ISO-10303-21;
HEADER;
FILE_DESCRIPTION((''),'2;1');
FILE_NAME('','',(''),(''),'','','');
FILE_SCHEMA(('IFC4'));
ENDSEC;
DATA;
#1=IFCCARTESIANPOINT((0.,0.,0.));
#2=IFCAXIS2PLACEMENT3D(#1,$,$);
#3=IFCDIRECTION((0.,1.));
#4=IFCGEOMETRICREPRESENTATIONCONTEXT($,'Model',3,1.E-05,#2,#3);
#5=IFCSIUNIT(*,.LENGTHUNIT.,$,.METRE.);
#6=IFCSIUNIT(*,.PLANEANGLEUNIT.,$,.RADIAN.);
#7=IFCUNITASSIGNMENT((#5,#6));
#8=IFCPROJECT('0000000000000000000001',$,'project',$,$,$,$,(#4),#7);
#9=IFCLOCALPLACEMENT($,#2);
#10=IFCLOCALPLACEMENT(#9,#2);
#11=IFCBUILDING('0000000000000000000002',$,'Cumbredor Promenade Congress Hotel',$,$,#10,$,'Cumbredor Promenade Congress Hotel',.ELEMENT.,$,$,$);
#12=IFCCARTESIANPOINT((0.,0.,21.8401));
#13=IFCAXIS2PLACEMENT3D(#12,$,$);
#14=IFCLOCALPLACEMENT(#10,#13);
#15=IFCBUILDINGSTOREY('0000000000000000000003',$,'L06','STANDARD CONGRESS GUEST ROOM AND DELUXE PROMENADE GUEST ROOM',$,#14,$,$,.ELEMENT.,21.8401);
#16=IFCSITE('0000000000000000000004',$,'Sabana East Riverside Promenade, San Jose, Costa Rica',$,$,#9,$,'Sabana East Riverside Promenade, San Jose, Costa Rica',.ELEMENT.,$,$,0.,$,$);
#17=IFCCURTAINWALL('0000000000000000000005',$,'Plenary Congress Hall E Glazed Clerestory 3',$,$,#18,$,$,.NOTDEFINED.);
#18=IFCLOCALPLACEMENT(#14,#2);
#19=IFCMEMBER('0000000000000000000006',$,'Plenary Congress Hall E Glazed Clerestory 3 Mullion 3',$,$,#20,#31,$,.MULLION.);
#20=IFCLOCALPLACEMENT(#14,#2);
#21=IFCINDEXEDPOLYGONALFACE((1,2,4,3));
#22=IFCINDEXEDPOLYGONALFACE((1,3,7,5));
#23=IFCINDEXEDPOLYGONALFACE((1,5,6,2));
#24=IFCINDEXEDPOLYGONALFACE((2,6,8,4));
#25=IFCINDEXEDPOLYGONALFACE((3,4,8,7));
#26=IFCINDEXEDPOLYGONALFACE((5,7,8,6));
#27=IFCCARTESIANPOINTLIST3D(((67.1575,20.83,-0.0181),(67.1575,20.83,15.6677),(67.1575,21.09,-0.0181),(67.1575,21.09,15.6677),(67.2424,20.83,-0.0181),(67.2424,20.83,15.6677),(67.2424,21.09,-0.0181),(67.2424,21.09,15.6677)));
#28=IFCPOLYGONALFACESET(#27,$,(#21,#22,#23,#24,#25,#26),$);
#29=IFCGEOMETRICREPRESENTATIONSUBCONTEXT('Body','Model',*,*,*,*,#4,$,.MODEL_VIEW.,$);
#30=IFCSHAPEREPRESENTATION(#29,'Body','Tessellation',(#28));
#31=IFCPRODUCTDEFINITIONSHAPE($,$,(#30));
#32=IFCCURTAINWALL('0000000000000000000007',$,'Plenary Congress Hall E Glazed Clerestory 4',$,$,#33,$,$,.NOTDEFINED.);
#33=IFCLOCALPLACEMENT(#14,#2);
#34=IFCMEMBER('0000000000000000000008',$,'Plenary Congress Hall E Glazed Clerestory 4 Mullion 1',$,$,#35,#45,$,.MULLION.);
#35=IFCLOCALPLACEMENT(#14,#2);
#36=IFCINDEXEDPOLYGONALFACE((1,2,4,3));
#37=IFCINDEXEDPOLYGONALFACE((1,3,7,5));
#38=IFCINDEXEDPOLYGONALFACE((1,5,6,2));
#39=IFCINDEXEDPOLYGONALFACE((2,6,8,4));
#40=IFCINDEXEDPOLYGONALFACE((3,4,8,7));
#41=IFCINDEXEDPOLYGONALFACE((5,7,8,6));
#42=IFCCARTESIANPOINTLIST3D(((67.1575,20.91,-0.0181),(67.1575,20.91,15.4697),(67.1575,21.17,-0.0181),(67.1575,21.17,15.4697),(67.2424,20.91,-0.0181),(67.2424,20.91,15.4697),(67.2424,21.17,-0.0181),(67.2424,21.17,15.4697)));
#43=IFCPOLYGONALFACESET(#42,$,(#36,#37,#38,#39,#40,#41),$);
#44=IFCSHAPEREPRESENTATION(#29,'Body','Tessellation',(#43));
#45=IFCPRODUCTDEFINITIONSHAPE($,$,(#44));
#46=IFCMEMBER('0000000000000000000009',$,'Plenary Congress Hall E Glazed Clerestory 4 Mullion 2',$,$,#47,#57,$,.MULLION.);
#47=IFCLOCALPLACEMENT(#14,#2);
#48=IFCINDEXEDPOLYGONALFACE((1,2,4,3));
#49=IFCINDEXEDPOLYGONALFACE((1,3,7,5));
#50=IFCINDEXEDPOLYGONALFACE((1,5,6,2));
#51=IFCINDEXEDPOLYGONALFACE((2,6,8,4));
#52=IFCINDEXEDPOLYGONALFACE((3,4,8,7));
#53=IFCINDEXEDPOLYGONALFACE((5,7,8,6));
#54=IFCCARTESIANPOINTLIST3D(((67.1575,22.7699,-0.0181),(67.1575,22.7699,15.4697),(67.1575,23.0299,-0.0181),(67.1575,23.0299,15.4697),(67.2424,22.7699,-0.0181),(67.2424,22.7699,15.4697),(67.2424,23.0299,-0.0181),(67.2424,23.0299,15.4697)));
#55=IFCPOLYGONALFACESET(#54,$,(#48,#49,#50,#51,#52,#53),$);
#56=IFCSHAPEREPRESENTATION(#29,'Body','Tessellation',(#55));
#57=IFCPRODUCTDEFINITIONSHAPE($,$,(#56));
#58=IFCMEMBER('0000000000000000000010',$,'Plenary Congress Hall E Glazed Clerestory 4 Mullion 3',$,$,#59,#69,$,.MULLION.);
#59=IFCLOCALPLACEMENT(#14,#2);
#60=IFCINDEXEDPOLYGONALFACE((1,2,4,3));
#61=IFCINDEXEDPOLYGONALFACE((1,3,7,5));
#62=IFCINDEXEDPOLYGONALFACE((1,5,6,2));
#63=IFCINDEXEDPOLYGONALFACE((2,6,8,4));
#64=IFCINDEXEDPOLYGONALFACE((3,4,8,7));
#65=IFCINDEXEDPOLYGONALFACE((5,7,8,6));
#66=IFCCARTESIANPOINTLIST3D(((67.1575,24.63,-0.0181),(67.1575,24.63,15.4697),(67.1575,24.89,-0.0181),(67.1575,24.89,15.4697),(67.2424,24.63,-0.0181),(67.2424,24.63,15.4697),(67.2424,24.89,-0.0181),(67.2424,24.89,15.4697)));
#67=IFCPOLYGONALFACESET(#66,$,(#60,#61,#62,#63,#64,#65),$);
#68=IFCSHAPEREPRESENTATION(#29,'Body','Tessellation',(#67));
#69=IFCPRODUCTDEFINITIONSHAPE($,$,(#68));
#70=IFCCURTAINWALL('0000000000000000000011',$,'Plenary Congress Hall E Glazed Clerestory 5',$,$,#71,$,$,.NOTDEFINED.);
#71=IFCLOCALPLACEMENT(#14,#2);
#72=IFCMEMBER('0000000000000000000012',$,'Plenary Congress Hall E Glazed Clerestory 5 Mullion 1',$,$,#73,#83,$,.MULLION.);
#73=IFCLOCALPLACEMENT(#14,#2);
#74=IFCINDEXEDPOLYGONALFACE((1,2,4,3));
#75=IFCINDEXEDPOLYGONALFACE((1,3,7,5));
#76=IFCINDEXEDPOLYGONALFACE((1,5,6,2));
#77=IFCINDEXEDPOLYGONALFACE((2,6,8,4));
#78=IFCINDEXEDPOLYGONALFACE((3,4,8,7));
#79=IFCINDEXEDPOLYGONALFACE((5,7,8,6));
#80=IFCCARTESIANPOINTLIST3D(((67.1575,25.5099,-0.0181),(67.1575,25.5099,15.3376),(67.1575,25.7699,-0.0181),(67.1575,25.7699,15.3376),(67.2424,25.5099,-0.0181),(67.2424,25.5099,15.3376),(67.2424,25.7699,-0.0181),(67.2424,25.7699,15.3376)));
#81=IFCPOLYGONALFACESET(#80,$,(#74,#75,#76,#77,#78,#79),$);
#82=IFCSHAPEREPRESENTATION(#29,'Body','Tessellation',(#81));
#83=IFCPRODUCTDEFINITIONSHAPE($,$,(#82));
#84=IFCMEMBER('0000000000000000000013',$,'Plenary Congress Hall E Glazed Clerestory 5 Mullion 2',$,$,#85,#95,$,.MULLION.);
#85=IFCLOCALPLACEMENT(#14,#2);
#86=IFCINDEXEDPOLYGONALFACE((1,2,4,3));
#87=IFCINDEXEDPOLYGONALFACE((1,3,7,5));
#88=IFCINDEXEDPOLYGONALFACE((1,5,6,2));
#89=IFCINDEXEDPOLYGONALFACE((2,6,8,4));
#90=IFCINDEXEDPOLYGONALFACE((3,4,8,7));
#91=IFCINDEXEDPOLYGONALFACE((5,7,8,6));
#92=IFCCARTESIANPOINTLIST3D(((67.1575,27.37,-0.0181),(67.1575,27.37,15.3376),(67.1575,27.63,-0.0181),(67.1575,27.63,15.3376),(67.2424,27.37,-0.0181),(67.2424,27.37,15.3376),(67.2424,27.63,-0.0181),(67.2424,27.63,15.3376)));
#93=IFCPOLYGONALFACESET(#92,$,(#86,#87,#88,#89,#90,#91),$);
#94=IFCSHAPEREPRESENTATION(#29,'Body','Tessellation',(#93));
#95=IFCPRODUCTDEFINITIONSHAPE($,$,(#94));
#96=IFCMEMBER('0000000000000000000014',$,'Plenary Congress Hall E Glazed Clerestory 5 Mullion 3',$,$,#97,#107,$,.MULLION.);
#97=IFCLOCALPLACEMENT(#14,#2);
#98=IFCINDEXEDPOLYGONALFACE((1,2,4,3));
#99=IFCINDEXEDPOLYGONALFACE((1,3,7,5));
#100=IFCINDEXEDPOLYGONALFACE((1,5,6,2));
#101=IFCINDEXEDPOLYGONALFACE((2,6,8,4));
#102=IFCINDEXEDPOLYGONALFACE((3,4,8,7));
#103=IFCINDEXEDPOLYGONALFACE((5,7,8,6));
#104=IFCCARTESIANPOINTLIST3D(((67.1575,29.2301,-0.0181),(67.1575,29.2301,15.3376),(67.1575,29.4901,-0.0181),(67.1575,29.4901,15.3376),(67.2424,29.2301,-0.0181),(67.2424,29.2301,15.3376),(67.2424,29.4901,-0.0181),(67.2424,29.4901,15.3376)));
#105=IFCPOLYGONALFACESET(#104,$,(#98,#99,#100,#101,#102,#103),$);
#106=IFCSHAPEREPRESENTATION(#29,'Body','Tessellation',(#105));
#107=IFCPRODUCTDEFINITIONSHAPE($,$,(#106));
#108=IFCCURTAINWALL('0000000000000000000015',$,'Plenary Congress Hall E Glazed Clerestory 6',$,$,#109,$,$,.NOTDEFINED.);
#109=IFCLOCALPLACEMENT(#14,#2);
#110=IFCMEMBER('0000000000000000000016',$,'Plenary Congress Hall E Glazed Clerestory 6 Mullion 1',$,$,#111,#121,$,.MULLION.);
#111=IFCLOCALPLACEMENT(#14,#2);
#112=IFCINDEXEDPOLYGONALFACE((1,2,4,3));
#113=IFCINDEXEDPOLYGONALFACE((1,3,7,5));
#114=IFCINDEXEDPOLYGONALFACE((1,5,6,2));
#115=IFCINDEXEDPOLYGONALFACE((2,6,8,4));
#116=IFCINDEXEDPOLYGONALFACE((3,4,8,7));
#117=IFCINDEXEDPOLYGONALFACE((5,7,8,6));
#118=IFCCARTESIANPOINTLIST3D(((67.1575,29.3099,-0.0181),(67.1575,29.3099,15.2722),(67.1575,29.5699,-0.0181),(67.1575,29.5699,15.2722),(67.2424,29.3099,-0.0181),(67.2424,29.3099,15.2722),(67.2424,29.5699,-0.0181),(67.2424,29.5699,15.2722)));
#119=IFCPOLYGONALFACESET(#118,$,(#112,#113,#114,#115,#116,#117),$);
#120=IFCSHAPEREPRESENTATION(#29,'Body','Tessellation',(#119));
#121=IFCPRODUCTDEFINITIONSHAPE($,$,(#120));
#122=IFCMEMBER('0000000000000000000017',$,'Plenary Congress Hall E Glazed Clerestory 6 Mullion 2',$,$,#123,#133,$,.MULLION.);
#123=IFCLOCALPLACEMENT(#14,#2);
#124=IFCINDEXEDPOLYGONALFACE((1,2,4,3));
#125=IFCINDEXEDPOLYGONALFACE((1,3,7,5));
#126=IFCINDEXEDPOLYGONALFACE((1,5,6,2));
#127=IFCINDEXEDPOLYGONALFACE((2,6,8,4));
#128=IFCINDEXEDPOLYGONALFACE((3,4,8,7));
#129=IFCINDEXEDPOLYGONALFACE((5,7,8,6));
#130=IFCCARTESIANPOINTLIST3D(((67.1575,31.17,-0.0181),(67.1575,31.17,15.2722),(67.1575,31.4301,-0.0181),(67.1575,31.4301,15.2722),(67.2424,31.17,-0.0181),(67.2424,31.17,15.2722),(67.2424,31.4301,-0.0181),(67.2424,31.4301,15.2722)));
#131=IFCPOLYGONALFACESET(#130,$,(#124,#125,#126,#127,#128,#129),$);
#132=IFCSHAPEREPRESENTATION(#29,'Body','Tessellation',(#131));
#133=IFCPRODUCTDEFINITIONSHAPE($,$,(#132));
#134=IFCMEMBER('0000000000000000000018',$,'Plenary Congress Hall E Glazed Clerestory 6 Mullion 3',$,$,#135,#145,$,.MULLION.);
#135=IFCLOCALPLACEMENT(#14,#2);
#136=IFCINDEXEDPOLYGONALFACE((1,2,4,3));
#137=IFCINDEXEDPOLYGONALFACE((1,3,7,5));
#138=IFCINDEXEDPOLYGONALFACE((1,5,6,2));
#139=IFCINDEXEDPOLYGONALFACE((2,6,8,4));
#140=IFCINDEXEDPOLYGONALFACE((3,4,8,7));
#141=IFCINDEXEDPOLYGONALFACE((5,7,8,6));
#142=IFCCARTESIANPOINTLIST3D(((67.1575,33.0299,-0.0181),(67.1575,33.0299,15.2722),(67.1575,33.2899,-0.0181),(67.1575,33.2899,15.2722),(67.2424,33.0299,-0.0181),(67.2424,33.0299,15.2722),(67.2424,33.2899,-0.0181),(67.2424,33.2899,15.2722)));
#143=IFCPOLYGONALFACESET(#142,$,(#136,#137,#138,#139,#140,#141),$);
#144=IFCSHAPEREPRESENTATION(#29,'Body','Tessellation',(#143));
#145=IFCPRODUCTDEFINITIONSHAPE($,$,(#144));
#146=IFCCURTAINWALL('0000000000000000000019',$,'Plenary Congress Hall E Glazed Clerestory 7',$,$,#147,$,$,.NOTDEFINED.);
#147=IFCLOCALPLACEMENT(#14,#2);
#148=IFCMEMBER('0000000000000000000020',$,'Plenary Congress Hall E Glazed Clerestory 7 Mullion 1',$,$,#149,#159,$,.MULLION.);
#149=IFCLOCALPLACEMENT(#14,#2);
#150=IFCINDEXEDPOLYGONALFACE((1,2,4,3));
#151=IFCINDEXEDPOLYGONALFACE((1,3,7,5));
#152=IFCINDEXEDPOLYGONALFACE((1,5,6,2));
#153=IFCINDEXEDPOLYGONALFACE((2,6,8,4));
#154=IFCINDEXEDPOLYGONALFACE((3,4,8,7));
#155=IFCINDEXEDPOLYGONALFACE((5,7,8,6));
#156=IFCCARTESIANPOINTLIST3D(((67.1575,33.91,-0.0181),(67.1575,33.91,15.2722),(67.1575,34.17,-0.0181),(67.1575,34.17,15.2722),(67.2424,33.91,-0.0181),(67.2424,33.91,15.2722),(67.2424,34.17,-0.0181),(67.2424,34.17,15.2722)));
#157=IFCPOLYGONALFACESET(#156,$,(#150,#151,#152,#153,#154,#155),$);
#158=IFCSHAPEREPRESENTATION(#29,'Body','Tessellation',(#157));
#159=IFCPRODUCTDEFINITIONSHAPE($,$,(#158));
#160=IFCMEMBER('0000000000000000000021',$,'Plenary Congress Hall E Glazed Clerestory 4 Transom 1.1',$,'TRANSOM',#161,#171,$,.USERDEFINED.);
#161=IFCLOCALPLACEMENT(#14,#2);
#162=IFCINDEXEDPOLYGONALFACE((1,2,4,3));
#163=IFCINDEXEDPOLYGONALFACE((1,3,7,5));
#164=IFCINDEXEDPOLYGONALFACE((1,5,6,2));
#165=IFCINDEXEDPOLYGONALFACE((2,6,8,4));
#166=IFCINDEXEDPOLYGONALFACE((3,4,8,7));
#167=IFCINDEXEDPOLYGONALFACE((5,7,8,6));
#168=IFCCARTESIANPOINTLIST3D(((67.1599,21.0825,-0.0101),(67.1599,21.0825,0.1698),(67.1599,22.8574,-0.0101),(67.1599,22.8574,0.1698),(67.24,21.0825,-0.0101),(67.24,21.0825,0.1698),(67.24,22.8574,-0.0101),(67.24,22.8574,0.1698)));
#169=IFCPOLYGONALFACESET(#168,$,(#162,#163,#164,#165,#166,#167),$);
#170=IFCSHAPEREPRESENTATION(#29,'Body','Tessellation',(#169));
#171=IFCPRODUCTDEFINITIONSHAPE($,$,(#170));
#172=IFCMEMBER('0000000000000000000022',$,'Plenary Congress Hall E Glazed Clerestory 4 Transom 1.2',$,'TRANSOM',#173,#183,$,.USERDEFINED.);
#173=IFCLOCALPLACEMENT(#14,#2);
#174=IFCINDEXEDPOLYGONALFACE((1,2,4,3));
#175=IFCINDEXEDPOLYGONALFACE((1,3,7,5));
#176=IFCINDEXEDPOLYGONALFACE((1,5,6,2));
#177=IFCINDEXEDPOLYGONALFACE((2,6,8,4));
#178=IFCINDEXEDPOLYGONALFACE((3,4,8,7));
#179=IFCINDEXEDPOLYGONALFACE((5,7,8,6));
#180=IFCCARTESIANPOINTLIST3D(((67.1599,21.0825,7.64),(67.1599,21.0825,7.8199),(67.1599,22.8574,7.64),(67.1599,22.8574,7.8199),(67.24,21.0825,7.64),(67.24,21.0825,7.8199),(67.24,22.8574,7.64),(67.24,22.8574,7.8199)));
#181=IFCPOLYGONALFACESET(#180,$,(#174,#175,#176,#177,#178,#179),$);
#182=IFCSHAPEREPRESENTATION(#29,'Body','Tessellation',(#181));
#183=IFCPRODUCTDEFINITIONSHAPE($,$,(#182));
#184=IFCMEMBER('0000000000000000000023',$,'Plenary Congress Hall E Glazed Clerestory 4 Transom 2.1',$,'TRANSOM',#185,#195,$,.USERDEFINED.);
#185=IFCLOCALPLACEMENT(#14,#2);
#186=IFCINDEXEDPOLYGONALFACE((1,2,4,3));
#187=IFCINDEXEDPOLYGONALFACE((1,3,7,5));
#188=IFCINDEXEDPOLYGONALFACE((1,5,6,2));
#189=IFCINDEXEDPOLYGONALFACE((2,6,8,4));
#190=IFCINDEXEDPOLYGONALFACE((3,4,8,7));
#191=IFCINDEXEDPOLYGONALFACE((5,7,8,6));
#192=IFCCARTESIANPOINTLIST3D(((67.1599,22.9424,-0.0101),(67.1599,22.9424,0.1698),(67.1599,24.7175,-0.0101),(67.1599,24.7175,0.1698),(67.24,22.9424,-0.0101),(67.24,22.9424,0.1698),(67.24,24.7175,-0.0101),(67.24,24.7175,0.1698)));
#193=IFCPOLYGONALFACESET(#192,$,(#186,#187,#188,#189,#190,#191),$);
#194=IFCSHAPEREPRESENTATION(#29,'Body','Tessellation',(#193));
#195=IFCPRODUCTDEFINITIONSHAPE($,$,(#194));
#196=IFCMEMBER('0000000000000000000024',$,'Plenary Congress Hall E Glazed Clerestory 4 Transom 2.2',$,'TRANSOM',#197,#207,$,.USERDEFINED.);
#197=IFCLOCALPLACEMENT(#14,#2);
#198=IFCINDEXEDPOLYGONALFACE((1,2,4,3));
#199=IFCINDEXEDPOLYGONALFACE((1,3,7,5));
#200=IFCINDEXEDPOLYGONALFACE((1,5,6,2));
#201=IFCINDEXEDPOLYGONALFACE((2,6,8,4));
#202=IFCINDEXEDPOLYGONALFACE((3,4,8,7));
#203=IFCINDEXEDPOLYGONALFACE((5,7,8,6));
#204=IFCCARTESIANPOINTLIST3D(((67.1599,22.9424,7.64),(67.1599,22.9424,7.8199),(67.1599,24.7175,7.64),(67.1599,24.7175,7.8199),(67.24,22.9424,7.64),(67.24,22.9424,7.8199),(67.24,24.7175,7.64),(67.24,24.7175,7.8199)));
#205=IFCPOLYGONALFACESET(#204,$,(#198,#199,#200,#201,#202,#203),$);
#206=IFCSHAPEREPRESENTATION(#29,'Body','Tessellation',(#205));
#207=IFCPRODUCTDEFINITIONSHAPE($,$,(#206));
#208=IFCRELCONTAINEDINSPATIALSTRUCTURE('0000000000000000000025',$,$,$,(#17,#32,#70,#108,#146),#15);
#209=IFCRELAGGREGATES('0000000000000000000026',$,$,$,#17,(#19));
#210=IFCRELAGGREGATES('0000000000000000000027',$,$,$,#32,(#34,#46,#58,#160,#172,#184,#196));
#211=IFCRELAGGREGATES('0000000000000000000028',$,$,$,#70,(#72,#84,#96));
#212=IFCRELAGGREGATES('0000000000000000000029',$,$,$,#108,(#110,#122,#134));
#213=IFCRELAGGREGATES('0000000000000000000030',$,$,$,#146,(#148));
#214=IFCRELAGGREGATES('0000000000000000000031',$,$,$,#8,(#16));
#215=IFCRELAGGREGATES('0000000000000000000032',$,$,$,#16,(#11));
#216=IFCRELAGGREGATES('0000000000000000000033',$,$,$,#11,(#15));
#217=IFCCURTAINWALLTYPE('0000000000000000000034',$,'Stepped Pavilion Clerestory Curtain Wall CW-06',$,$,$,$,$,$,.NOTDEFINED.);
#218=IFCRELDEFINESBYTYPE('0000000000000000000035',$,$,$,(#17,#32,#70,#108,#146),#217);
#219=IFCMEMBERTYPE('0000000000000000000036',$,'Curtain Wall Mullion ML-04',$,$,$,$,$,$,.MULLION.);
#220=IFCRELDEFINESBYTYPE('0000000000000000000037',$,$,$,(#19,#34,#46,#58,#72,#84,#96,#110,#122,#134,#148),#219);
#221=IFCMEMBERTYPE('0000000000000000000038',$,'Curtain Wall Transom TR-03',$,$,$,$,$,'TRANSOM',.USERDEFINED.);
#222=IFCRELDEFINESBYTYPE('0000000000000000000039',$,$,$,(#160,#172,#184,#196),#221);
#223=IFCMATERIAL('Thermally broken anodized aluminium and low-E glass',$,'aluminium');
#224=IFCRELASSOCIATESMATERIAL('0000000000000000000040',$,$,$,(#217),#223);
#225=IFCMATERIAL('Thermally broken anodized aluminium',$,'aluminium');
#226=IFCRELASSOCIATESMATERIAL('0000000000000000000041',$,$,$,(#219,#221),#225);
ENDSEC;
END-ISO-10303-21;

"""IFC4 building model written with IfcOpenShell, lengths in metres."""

from ifc_helpers import new_model, si_unit, direction, frame, origin, origin_2d, place, context, subcontext, project, spatial, rectangle, extrude, material, material_profile, profile_set, type_object, element, aggregate, save


model = new_model("IFC4")

# Units and contexts
model_context = context("Model", 3, precision=1e-05, world=origin(), true_north=direction((0.0, 1.0)))
body_context = subcontext(model_context, "Body", "Model", "MODEL_VIEW")
ifc_project = project(units=[si_unit("LENGTHUNIT", "METRE"), si_unit("PLANEANGLEUNIT", "RADIAN")], contexts=[model_context])

# Site, building, storey
site_placement = place(None, origin())
site = spatial("IfcSite", under=ifc_project, at=site_placement, Name="Sabana East Riverside Promenade, San Jose, Costa Rica", LongName="Sabana East Riverside Promenade, San Jose, Costa Rica", CompositionType="ELEMENT", RefElevation=0.0)
building_placement = place(site_placement, origin())
building = spatial("IfcBuilding", under=site, at=building_placement, Name="Cumbredor Promenade Congress Hotel", LongName="Cumbredor Promenade Congress Hotel", CompositionType="ELEMENT")
storey_placement = place(building_placement, frame((0.0, 0.0, 21.8401)))
storey = spatial("IfcBuildingStorey", under=building, at=storey_placement, Name="L06", Description="STANDARD CONGRESS GUEST ROOM AND DELUXE PROMENADE GUEST ROOM", CompositionType="ELEMENT", Elevation=21.8401)

# Curtain wall, member
ifc_material_1 = material(Name="Thermally broken anodized aluminium and low-E glass", Category="aluminium")
curtain_wall_type = type_object("IfcCurtainWallType", Name="Stepped Pavilion Clerestory Curtain Wall CW-06", PredefinedType="NOTDEFINED", material=ifc_material_1)
curtain_wall_1_placement = place(storey_placement, origin())
curtain_wall_1 = element("IfcCurtainWall", 1, at=curtain_wall_1_placement, inside=storey, type_object=curtain_wall_type, Name="Plenary Congress Hall E Glazed Clerestory 3", PredefinedType="NOTDEFINED")
ifc_material_2 = material(Name="Thermally broken anodized aluminium", Category="aluminium")
ifc_material_profile_1 = material_profile(ifc_material_2, rectangle(XDim=0.085, YDim=0.26, at=origin_2d()), Name="ALU MULLION CLERESTORY 85x260")
ifc_profile_set_1 = profile_set([ifc_material_profile_1], Name="Thermally broken anodized aluminium")
member_type_1 = type_object("IfcMemberType", Name="Curtain Wall Mullion ML-04", PredefinedType="MULLION", material=ifc_profile_set_1)
member_1_placement = place(storey_placement, frame((67.2, 20.96, -0.0181), z_axis=(0.0, 0.0, 1.0), x_axis=(1.0, 0.0, 0.0)))
member_1 = element("IfcMember", 2, at=member_1_placement, type_object=member_type_1, Name="Plenary Congress Hall E Glazed Clerestory 3 Mullion 3", PredefinedType="MULLION", context=body_context, shape_type="SweptSolid", body=[
    extrude(rectangle(XDim=0.085, YDim=0.26, at=origin_2d()), origin(), (0.0, 0.0, 1.0), 15.6858),
])
aggregate(curtain_wall_1, [member_1])

# Curtain walls, members
curtain_wall_2_placement = place(storey_placement, origin())
curtain_wall_2 = element("IfcCurtainWall", 3, at=curtain_wall_2_placement, inside=storey, type_object=curtain_wall_type, Name="Plenary Congress Hall E Glazed Clerestory 4", PredefinedType="NOTDEFINED")
member_2_placement = place(storey_placement, frame((67.2, 21.04, -0.0181), z_axis=(0.0, 0.0, 1.0), x_axis=(1.0, 0.0, 0.0)))
member_2 = element("IfcMember", 4, at=member_2_placement, type_object=member_type_1, Name="Plenary Congress Hall E Glazed Clerestory 4 Mullion 1", PredefinedType="MULLION", context=body_context, shape_type="SweptSolid", body=[
    extrude(rectangle(XDim=0.085, YDim=0.26, at=origin_2d()), origin(), (0.0, 0.0, 1.0), 15.4878),
])
member_3_placement = place(storey_placement, frame((67.2, 22.8999, -0.0181), z_axis=(0.0, 0.0, 1.0), x_axis=(1.0, 0.0, 0.0)))
member_3 = element("IfcMember", 5, at=member_3_placement, type_object=member_type_1, Name="Plenary Congress Hall E Glazed Clerestory 4 Mullion 2", PredefinedType="MULLION", context=body_context, shape_type="SweptSolid", body=[
    extrude(rectangle(XDim=0.085, YDim=0.26, at=origin_2d()), origin(), (0.0, 0.0, 1.0), 15.4878),
])
member_4_placement = place(storey_placement, frame((67.2, 24.76, -0.0181), z_axis=(0.0, 0.0, 1.0), x_axis=(1.0, 0.0, 0.0)))
member_4 = element("IfcMember", 6, at=member_4_placement, type_object=member_type_1, Name="Plenary Congress Hall E Glazed Clerestory 4 Mullion 3", PredefinedType="MULLION", context=body_context, shape_type="SweptSolid", body=[
    extrude(rectangle(XDim=0.085, YDim=0.26, at=origin_2d()), origin(), (0.0, 0.0, 1.0), 15.4878),
])
curtain_wall_3_placement = place(storey_placement, origin())
curtain_wall_3 = element("IfcCurtainWall", 7, at=curtain_wall_3_placement, inside=storey, type_object=curtain_wall_type, Name="Plenary Congress Hall E Glazed Clerestory 5", PredefinedType="NOTDEFINED")
member_5_placement = place(storey_placement, frame((67.2, 25.6399, -0.0181), z_axis=(0.0, 0.0, 1.0), x_axis=(1.0, 0.0, 0.0)))
member_5 = element("IfcMember", 8, at=member_5_placement, type_object=member_type_1, Name="Plenary Congress Hall E Glazed Clerestory 5 Mullion 1", PredefinedType="MULLION", context=body_context, shape_type="SweptSolid", body=[
    extrude(rectangle(XDim=0.085, YDim=0.26, at=origin_2d()), origin(), (0.0, 0.0, 1.0), 15.3557),
])
member_6_placement = place(storey_placement, frame((67.2, 27.5, -0.0181), z_axis=(0.0, 0.0, 1.0), x_axis=(1.0, 0.0, 0.0)))
member_6 = element("IfcMember", 9, at=member_6_placement, type_object=member_type_1, Name="Plenary Congress Hall E Glazed Clerestory 5 Mullion 2", PredefinedType="MULLION", context=body_context, shape_type="SweptSolid", body=[
    extrude(rectangle(XDim=0.085, YDim=0.26, at=origin_2d()), origin(), (0.0, 0.0, 1.0), 15.3557),
])
member_7_placement = place(storey_placement, frame((67.2, 29.3601, -0.0181), z_axis=(0.0, 0.0, 1.0), x_axis=(1.0, 0.0, 0.0)))
member_7 = element("IfcMember", 10, at=member_7_placement, type_object=member_type_1, Name="Plenary Congress Hall E Glazed Clerestory 5 Mullion 3", PredefinedType="MULLION", context=body_context, shape_type="SweptSolid", body=[
    extrude(rectangle(XDim=0.085, YDim=0.26, at=origin_2d()), origin(), (0.0, 0.0, 1.0), 15.3557),
])
curtain_wall_4_placement = place(storey_placement, origin())
curtain_wall_4 = element("IfcCurtainWall", 11, at=curtain_wall_4_placement, inside=storey, type_object=curtain_wall_type, Name="Plenary Congress Hall E Glazed Clerestory 6", PredefinedType="NOTDEFINED")
member_8_placement = place(storey_placement, frame((67.2, 29.4399, -0.0181), z_axis=(0.0, 0.0, 1.0), x_axis=(1.0, 0.0, 0.0)))
member_8 = element("IfcMember", 12, at=member_8_placement, type_object=member_type_1, Name="Plenary Congress Hall E Glazed Clerestory 6 Mullion 1", PredefinedType="MULLION", context=body_context, shape_type="SweptSolid", body=[
    extrude(rectangle(XDim=0.085, YDim=0.26, at=origin_2d()), origin(), (0.0, 0.0, 1.0), 15.2903),
])
member_9_placement = place(storey_placement, frame((67.2, 31.3, -0.0181), z_axis=(0.0, 0.0, 1.0), x_axis=(1.0, 0.0, 0.0)))
member_9 = element("IfcMember", 13, at=member_9_placement, type_object=member_type_1, Name="Plenary Congress Hall E Glazed Clerestory 6 Mullion 2", PredefinedType="MULLION", context=body_context, shape_type="SweptSolid", body=[
    extrude(rectangle(XDim=0.085, YDim=0.26, at=origin_2d()), origin(), (0.0, 0.0, 1.0), 15.2903),
])
member_10_placement = place(storey_placement, frame((67.2, 33.1599, -0.0181), z_axis=(0.0, 0.0, 1.0), x_axis=(1.0, 0.0, 0.0)))
member_10 = element("IfcMember", 14, at=member_10_placement, type_object=member_type_1, Name="Plenary Congress Hall E Glazed Clerestory 6 Mullion 3", PredefinedType="MULLION", context=body_context, shape_type="SweptSolid", body=[
    extrude(rectangle(XDim=0.085, YDim=0.26, at=origin_2d()), origin(), (0.0, 0.0, 1.0), 15.2903),
])

# Curtain wall, member
curtain_wall_5_placement = place(storey_placement, origin())
curtain_wall_5 = element("IfcCurtainWall", 15, at=curtain_wall_5_placement, inside=storey, type_object=curtain_wall_type, Name="Plenary Congress Hall E Glazed Clerestory 7", PredefinedType="NOTDEFINED")
member_11_placement = place(storey_placement, frame((67.2, 34.04, -0.0181), z_axis=(0.0, 0.0, 1.0), x_axis=(1.0, 0.0, 0.0)))
member_11 = element("IfcMember", 16, at=member_11_placement, type_object=member_type_1, Name="Plenary Congress Hall E Glazed Clerestory 7 Mullion 1", PredefinedType="MULLION", context=body_context, shape_type="SweptSolid", body=[
    extrude(rectangle(XDim=0.085, YDim=0.26, at=origin_2d()), origin(), (0.0, 0.0, 1.0), 15.2903),
])

# Members
ifc_material_profile_2 = material_profile(ifc_material_2, rectangle(XDim=0.0801, YDim=0.1799, at=origin_2d()), Name="ALU TRANSOM 80x180")
ifc_profile_set_2 = profile_set([ifc_material_profile_2], Name="Thermally broken anodized aluminium")
member_type_2 = type_object("IfcMemberType", Name="Curtain Wall Transom TR-03", ElementType="TRANSOM", PredefinedType="USERDEFINED", material=ifc_profile_set_2)
member_12_placement = place(storey_placement, frame((67.2, 21.0825, 0.0798), z_axis=(0.0, 1.0, 0.0), x_axis=(-1.0, 0.0, 0.0)))
member_12 = element("IfcMember", 17, at=member_12_placement, type_object=member_type_2, Name="Plenary Congress Hall E Glazed Clerestory 4 Transom 1.1", ObjectType="TRANSOM", PredefinedType="USERDEFINED", context=body_context, shape_type="SweptSolid", body=[
    extrude(rectangle(XDim=0.0801, YDim=0.1799, at=origin_2d()), origin(), (0.0, 0.0, 1.0), 1.7749),
])
member_13_placement = place(storey_placement, frame((67.2, 21.0825, 7.73), z_axis=(0.0, 1.0, 0.0), x_axis=(-1.0, 0.0, 0.0)))
member_13 = element("IfcMember", 18, at=member_13_placement, type_object=member_type_2, Name="Plenary Congress Hall E Glazed Clerestory 4 Transom 1.2", ObjectType="TRANSOM", PredefinedType="USERDEFINED", context=body_context, shape_type="SweptSolid", body=[
    extrude(rectangle(XDim=0.0801, YDim=0.1799, at=origin_2d()), origin(), (0.0, 0.0, 1.0), 1.7749),
])
member_14_placement = place(storey_placement, frame((67.2, 22.9424, 0.0798), z_axis=(0.0, 1.0, 0.0), x_axis=(-1.0, 0.0, 0.0)))
member_14 = element("IfcMember", 19, at=member_14_placement, type_object=member_type_2, Name="Plenary Congress Hall E Glazed Clerestory 4 Transom 2.1", ObjectType="TRANSOM", PredefinedType="USERDEFINED", context=body_context, shape_type="SweptSolid", body=[
    extrude(rectangle(XDim=0.0801, YDim=0.1799, at=origin_2d()), origin(), (0.0, 0.0, 1.0), 1.7751),
])
member_15_placement = place(storey_placement, frame((67.2, 22.9424, 7.73), z_axis=(0.0, 1.0, 0.0), x_axis=(-1.0, 0.0, 0.0)))
member_15 = element("IfcMember", 20, at=member_15_placement, type_object=member_type_2, Name="Plenary Congress Hall E Glazed Clerestory 4 Transom 2.2", ObjectType="TRANSOM", PredefinedType="USERDEFINED", context=body_context, shape_type="SweptSolid", body=[
    extrude(rectangle(XDim=0.0801, YDim=0.1799, at=origin_2d()), origin(), (0.0, 0.0, 1.0), 1.7751),
])

aggregate(curtain_wall_2, [member_2, member_3, member_4, member_12, member_13, member_14, member_15])
aggregate(curtain_wall_3, [member_5, member_6, member_7])
aggregate(curtain_wall_4, [member_8, member_9, member_10])
aggregate(curtain_wall_5, [member_11])

save(model, "model.ifc")
